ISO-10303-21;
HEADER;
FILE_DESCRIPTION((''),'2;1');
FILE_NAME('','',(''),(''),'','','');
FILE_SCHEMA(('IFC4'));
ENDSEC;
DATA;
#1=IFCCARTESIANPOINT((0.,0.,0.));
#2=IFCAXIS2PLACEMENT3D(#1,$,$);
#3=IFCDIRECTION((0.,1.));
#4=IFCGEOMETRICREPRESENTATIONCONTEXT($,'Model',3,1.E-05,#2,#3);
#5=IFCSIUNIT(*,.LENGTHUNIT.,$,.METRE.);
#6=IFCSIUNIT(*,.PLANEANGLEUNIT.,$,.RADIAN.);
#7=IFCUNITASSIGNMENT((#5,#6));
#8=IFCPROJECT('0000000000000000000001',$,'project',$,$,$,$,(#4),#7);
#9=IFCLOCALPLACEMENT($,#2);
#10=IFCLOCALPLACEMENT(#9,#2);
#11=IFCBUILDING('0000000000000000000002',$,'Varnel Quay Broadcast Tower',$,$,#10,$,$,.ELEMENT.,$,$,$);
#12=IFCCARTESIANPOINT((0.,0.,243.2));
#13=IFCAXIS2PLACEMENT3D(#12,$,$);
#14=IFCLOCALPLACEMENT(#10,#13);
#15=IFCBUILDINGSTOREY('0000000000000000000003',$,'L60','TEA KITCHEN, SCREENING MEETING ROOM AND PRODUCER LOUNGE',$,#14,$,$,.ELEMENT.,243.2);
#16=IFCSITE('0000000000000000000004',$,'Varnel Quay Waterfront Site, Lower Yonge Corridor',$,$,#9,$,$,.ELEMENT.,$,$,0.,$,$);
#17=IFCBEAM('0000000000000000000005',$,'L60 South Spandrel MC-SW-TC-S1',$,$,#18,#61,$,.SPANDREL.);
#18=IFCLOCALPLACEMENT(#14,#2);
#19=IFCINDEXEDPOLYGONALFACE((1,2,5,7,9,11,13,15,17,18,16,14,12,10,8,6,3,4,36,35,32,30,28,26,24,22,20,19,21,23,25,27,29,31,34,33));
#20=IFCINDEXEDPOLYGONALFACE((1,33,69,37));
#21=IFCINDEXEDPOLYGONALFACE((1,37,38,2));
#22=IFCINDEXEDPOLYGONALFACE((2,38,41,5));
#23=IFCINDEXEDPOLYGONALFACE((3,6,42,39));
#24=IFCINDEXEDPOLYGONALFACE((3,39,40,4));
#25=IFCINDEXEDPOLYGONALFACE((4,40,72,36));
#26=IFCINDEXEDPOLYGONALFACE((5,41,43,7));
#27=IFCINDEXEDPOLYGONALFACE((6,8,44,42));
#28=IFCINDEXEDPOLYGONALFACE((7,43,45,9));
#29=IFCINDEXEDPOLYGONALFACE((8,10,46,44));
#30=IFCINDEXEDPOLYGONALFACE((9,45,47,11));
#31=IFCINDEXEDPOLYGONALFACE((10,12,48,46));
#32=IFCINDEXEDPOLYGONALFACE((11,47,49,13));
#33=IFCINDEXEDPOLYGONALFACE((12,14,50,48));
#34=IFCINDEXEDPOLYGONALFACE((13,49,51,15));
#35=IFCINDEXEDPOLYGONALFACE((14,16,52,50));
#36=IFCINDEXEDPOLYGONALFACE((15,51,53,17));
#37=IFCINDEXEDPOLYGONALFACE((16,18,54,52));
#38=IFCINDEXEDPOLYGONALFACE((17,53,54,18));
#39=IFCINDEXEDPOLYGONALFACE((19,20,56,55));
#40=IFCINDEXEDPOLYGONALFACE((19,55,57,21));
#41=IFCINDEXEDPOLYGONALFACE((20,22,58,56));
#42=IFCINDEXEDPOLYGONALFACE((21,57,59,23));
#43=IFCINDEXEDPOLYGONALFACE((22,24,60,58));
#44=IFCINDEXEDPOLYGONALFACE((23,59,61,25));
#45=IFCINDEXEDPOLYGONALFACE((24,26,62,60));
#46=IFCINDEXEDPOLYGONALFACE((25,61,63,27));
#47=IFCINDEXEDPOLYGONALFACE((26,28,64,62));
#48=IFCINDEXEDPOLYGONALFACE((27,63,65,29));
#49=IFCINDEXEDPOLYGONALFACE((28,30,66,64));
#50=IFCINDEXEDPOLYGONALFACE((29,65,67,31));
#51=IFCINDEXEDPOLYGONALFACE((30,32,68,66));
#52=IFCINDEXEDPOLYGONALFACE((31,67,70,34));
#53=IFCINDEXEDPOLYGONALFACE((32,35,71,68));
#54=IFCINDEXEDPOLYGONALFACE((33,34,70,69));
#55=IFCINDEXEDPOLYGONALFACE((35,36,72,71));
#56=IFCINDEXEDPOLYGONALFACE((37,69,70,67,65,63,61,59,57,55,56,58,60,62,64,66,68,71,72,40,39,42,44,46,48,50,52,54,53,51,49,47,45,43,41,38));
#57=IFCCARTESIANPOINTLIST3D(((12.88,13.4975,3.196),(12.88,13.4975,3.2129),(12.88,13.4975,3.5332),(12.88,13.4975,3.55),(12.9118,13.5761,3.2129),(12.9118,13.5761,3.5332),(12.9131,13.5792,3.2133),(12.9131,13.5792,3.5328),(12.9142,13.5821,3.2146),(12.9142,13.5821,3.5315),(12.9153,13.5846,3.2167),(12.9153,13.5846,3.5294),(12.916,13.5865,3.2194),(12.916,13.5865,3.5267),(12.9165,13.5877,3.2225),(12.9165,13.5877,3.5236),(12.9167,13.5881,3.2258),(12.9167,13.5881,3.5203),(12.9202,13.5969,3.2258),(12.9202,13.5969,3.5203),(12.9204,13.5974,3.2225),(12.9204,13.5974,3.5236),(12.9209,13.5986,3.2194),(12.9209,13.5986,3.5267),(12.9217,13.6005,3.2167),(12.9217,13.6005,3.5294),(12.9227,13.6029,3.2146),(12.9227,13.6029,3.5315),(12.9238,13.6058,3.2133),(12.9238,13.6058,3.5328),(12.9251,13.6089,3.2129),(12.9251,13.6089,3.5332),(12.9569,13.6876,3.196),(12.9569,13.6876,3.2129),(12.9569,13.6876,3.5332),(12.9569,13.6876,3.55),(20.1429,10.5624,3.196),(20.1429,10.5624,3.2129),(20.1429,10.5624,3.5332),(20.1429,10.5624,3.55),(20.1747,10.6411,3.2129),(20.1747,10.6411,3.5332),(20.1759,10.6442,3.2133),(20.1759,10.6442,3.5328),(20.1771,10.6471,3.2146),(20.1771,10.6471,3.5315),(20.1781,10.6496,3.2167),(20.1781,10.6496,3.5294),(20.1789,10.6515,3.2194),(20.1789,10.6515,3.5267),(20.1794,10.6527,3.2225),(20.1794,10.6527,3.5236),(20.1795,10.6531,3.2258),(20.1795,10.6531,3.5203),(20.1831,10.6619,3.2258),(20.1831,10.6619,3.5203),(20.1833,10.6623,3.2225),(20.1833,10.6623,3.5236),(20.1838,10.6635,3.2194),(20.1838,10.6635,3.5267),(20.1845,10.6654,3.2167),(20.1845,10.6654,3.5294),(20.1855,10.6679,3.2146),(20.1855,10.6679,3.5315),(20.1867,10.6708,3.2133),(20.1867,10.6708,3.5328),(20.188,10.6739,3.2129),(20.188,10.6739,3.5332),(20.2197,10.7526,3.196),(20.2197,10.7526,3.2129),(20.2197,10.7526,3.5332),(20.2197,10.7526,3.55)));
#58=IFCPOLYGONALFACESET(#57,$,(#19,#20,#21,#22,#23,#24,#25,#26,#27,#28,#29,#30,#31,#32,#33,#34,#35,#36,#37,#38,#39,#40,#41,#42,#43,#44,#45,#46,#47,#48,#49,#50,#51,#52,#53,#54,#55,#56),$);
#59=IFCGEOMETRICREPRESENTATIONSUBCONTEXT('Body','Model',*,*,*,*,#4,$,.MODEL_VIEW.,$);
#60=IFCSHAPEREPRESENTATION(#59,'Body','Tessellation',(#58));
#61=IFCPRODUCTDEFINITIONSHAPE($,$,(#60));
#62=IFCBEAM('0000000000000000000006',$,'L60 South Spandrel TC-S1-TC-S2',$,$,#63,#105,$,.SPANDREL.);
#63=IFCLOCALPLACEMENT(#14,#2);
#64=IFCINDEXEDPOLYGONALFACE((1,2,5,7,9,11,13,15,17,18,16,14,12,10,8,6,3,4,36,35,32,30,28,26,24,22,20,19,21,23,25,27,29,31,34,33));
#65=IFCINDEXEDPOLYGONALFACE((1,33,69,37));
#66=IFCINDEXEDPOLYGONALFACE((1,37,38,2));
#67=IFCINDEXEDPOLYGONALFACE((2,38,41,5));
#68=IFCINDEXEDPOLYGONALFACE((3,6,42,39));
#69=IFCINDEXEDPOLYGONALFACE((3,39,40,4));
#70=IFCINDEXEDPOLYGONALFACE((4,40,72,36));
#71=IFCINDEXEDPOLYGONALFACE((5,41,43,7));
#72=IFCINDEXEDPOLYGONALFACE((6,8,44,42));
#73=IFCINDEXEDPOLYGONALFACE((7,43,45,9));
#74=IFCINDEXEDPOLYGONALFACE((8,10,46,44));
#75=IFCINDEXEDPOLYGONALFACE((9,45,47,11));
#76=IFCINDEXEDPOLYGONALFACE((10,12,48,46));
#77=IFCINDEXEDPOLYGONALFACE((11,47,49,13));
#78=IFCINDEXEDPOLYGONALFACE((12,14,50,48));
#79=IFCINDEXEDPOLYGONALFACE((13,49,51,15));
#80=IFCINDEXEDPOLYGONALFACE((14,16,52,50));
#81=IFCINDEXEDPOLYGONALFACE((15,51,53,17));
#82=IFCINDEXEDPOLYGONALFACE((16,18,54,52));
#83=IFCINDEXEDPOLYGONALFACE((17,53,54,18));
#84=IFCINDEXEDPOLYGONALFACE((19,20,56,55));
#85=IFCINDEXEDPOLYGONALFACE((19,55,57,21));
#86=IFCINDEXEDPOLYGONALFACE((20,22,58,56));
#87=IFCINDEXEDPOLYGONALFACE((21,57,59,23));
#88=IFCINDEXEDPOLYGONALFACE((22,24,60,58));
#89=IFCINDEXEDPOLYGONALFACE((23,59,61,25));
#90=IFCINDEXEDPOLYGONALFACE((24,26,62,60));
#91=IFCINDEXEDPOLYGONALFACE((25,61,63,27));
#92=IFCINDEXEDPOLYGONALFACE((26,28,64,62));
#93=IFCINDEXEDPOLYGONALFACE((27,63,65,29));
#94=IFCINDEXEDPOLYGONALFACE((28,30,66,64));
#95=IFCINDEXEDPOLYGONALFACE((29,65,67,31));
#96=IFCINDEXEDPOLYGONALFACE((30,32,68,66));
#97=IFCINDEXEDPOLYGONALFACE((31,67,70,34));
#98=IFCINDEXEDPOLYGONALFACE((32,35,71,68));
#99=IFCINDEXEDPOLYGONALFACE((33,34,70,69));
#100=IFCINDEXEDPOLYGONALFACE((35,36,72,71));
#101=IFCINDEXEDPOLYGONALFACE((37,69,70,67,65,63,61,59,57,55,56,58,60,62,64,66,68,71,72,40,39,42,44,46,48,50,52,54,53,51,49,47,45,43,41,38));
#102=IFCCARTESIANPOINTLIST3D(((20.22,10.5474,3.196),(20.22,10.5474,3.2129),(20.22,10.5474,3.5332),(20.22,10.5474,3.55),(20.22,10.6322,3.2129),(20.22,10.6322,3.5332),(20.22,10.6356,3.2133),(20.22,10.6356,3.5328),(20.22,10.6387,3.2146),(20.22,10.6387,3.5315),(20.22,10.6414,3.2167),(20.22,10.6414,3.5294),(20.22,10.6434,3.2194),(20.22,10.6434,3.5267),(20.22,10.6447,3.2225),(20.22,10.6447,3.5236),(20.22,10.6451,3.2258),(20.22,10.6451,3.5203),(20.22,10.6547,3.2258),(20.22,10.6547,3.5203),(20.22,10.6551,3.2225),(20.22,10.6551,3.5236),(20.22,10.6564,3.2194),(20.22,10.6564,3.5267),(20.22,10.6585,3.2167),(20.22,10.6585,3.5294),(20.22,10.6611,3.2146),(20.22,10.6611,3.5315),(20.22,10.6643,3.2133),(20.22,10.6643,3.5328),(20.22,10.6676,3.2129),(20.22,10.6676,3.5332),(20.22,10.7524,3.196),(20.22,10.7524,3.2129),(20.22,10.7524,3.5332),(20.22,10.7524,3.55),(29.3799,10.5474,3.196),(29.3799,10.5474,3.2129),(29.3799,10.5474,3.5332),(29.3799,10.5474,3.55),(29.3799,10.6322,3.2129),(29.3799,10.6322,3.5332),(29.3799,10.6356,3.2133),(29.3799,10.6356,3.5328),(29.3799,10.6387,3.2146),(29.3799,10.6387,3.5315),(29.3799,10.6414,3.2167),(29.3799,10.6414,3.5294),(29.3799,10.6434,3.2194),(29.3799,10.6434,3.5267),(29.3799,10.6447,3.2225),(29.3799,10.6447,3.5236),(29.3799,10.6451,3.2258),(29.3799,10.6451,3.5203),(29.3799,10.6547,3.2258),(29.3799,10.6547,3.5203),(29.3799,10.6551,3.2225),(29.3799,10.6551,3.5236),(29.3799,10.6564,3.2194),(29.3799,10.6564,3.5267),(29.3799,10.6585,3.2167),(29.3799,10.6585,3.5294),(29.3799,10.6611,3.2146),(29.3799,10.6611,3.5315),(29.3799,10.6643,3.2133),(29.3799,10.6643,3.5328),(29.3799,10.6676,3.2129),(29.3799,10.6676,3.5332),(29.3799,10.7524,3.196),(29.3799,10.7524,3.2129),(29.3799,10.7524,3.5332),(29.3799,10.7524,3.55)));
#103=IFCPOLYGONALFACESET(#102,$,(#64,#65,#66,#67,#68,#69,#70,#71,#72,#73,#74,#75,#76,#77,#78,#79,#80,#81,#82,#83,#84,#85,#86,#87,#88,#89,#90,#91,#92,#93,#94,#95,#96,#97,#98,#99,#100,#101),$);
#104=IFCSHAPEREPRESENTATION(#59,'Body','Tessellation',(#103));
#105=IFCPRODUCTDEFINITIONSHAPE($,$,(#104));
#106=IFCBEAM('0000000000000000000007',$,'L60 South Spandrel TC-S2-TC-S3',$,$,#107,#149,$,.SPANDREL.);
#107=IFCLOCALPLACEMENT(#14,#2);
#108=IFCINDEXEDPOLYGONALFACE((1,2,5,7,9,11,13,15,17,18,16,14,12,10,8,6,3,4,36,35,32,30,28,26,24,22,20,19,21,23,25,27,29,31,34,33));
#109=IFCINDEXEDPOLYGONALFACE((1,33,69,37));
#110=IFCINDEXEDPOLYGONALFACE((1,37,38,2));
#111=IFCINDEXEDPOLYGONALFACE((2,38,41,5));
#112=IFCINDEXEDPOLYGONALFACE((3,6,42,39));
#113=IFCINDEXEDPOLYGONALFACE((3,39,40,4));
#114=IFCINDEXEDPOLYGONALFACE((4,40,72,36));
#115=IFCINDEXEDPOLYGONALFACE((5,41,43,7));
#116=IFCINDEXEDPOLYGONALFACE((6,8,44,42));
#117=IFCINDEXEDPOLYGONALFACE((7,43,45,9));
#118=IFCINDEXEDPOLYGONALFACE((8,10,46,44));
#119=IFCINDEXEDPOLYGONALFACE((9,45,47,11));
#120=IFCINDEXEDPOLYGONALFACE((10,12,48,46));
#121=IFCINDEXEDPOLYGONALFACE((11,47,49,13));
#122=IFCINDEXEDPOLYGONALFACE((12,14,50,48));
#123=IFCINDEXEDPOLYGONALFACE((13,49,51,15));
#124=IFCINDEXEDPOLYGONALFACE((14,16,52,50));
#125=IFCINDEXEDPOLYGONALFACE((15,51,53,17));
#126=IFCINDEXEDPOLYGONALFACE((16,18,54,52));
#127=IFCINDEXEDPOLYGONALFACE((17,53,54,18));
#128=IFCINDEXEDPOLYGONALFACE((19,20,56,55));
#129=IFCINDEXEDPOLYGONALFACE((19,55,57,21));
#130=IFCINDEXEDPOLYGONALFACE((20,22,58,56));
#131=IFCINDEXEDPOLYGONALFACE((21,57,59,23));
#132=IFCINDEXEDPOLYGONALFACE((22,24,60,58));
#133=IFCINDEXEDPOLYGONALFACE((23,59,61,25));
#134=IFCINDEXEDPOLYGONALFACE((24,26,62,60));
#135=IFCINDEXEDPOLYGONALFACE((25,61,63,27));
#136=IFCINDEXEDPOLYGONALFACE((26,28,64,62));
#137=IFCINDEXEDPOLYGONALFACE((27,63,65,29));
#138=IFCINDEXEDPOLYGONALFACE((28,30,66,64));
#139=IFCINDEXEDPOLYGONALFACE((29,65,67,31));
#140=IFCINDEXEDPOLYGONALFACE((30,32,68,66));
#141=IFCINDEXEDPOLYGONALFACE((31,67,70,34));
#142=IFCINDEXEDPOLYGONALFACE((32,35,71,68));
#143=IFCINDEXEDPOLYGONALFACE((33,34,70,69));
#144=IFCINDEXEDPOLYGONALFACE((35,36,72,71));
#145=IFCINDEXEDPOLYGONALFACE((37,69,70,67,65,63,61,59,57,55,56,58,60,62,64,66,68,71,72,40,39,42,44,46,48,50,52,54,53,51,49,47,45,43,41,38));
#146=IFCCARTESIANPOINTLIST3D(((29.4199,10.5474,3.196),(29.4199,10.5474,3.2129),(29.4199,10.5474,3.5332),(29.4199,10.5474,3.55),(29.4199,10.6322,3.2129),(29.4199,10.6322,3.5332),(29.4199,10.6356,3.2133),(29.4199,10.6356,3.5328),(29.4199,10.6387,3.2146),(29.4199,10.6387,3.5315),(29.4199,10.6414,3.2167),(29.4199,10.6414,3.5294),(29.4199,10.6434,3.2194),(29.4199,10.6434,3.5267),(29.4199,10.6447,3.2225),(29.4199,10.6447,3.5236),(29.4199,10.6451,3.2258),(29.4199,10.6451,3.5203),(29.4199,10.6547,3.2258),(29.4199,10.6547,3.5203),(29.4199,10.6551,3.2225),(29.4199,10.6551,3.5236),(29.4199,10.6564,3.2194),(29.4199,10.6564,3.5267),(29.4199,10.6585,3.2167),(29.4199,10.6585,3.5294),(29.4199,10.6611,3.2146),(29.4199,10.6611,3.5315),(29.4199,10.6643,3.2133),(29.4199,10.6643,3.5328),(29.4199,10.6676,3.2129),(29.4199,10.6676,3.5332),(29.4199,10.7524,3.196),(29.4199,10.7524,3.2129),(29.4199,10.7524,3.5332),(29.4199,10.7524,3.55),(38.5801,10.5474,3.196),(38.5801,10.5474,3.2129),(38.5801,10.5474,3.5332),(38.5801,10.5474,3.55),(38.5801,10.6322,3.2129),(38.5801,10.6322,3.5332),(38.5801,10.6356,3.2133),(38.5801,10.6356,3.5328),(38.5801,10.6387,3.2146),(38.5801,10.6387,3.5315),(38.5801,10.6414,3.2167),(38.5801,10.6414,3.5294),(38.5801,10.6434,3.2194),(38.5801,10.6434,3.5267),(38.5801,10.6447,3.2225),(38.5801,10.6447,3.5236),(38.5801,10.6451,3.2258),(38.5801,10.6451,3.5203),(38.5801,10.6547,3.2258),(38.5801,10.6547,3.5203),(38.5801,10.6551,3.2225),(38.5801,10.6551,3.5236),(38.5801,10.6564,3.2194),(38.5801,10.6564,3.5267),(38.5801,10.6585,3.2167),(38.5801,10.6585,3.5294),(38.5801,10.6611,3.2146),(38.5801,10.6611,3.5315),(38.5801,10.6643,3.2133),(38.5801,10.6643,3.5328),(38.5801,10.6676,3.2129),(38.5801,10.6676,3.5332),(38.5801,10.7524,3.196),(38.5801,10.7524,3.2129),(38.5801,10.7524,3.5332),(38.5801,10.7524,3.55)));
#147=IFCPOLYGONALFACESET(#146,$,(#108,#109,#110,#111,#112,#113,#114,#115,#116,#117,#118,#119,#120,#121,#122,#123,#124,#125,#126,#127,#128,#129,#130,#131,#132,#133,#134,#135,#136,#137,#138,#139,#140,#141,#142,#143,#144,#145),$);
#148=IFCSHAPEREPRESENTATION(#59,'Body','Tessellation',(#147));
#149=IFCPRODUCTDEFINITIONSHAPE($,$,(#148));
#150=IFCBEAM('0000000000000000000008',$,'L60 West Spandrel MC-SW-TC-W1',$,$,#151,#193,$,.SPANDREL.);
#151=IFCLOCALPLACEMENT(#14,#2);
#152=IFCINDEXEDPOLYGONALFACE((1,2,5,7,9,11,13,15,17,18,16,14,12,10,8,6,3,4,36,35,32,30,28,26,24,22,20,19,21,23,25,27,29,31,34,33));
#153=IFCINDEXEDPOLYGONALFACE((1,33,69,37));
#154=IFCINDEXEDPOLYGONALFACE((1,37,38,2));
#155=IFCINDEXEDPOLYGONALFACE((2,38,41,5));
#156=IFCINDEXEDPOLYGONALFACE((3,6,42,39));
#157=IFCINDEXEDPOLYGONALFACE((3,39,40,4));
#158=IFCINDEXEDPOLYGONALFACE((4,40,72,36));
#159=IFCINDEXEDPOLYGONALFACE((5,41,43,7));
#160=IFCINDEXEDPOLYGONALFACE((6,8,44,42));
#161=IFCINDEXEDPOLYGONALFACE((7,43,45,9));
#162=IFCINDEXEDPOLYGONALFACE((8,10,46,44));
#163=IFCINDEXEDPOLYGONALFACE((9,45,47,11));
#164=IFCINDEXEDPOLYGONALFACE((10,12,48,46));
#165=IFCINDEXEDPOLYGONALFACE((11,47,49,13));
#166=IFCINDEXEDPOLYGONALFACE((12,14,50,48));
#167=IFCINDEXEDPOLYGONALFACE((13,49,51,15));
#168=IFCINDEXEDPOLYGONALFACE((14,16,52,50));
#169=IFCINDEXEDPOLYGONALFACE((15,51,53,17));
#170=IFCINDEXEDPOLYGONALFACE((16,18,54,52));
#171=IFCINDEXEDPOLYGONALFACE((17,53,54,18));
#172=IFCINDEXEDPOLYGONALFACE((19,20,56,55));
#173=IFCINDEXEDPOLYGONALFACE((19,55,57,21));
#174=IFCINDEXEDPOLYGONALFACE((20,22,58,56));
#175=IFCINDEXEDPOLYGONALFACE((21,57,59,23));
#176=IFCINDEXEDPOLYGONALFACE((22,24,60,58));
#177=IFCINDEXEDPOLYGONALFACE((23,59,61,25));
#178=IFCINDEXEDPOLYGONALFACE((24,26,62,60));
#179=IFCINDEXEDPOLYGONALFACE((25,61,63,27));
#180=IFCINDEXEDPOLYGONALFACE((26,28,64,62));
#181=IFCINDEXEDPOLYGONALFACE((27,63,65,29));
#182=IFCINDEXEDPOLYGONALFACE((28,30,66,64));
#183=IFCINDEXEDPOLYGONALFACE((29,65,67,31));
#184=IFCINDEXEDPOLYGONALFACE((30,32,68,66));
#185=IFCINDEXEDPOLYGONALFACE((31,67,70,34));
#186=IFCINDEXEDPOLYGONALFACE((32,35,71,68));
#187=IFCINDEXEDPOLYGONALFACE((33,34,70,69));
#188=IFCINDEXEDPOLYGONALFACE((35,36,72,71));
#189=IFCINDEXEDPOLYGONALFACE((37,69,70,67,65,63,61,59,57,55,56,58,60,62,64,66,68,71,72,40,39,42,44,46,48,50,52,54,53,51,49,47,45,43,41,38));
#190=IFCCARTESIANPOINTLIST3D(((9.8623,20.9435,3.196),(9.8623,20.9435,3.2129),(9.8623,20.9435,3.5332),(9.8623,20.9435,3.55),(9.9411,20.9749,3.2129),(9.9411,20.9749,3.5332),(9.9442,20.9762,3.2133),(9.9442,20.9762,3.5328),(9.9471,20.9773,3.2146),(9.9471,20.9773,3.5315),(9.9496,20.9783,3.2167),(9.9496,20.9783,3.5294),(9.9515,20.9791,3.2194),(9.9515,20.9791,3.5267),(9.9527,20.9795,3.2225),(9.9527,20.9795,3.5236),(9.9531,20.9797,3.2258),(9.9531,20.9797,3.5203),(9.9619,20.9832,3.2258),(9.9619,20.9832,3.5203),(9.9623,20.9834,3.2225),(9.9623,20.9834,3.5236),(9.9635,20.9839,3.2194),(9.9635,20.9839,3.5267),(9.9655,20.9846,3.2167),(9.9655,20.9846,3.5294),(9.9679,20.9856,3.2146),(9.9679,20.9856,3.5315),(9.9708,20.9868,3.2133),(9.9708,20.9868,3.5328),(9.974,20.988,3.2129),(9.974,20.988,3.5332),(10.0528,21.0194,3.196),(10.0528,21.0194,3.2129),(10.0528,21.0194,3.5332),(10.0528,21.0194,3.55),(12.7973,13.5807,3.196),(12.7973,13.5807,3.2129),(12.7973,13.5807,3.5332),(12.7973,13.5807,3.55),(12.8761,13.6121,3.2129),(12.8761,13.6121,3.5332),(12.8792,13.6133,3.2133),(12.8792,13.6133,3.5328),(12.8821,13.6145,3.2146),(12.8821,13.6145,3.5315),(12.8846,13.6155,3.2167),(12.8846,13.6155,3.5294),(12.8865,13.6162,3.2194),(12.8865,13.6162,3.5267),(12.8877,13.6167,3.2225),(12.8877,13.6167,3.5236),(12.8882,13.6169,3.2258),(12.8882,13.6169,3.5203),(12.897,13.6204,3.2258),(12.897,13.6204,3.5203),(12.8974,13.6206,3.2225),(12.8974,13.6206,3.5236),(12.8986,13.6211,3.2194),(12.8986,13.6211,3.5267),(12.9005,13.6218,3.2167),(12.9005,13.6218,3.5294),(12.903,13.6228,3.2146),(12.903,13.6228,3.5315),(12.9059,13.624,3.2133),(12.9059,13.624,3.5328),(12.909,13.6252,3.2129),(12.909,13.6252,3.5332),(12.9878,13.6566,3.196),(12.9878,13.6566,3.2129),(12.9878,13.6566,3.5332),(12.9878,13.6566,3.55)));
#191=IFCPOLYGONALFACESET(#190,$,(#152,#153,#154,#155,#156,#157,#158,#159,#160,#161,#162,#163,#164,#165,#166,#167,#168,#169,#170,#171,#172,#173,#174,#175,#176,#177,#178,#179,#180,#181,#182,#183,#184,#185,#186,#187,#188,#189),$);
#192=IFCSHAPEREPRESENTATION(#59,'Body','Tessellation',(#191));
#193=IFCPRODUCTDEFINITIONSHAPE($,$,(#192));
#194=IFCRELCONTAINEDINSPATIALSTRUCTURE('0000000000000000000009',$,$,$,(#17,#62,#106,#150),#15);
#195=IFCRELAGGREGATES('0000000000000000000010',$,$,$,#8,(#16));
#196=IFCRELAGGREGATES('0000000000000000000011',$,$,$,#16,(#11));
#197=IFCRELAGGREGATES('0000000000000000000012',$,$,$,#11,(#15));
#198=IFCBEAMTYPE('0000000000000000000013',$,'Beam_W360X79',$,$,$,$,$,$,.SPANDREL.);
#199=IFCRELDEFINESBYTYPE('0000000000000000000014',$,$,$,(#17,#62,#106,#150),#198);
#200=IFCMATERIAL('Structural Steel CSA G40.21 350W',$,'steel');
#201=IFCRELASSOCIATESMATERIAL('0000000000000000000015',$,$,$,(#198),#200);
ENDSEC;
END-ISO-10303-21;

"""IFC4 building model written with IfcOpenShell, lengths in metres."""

from ifc_helpers import new_model, si_unit, direction, frame, origin, origin_2d, place, context, subcontext, project, spatial, i_section, extrude, source, transform, mapped, material, material_profile, profile_set, type_object, type_shapes, element, save


model = new_model("IFC4")

# Units and contexts
model_context = context("Model", 3, precision=1e-05, world=origin(), true_north=direction((0.0, 1.0)))
body_context = subcontext(model_context, "Body", "Model", "MODEL_VIEW")
ifc_project = project(units=[si_unit("LENGTHUNIT", "METRE"), si_unit("PLANEANGLEUNIT", "RADIAN")], contexts=[model_context])

# Site, building, storey
site_placement = place(None, origin())
site = spatial("IfcSite", under=ifc_project, at=site_placement, Name="Varnel Quay Waterfront Site, Lower Yonge Corridor", CompositionType="ELEMENT", RefElevation=0.0)
building_placement = place(site_placement, origin())
building = spatial("IfcBuilding", under=site, at=building_placement, Name="Varnel Quay Broadcast Tower", CompositionType="ELEMENT")
storey_placement = place(building_placement, frame((0.0, 0.0, 243.2)))
storey = spatial("IfcBuildingStorey", under=building, at=storey_placement, Name="L60", Description="TEA KITCHEN, SCREENING MEETING ROOM AND PRODUCER LOUNGE", CompositionType="ELEMENT", Elevation=243.2)

# Shared definitions
ifc_material_1 = material(Name="Structural Steel CSA G40.21 350W", Category="steel")

# Beams
ifc_material_profile_1 = material_profile(ifc_material_1, i_section(OverallWidth=0.2051, OverallDepth=0.354, WebThickness=0.0095, FlangeThickness=0.0168, FilletRadius=0.0129, at=origin_2d()), Name="W360X79")
ifc_profile_set_1 = profile_set([ifc_material_profile_1], Name="Structural Steel CSA G40.21 350W")
beam_type_1 = type_object("IfcBeamType", Name="Beam_W360X79", PredefinedType="SPANDREL", material=ifc_profile_set_1)
shared_shape_1 = source(origin(), body_context, "Body", "SweptSolid", [
    extrude(i_section(OverallWidth=0.2051, OverallDepth=0.354, WebThickness=0.0095, FlangeThickness=0.0168, FilletRadius=0.0129, at=origin_2d()), origin(), (0.0, 0.0, 1.0), 7.8335),
])
beam_1_placement = place(storey_placement, frame((12.9185, 13.5925, 3.373), z_axis=(0.927155, -0.374677, 0.0), x_axis=(0.374677, 0.927155, 0.0)))
element("IfcBeam", 1, at=beam_1_placement, inside=storey, type_object=beam_type_1, Name="L60 South Spandrel MC-SW-TC-S1", PredefinedType="SPANDREL", context=body_context, shape_type="MappedRepresentation", body=[
    mapped(shared_shape_1, transform((0.0, 0.0, 0.0), x_axis=(1.0, 0.0, 0.0), y_axis=(0.0, 1.0, 0.0), z_axis=(0.0, 0.0, 1.0), scale=1.0)),
])
shared_shape_2 = source(origin(), body_context, "Body", "SweptSolid", [
    extrude(i_section(OverallWidth=0.2051, OverallDepth=0.354, WebThickness=0.0095, FlangeThickness=0.0168, FilletRadius=0.0129, at=origin_2d()), origin(), (0.0, 0.0, 1.0), 9.1599),
])
beam_2_placement = place(storey_placement, frame((20.22, 10.6499, 3.373), z_axis=(1.0, 0.0, 0.0), x_axis=(0.0, 1.0, 0.0)))
element("IfcBeam", 2, at=beam_2_placement, inside=storey, type_object=beam_type_1, Name="L60 South Spandrel TC-S1-TC-S2", PredefinedType="SPANDREL", context=body_context, shape_type="MappedRepresentation", body=[
    mapped(shared_shape_2, transform((0.0, 0.0, 0.0), x_axis=(1.0, 0.0, 0.0), y_axis=(0.0, 1.0, 0.0), z_axis=(0.0, 0.0, 1.0), scale=1.0)),
])
shared_shape_3 = source(origin(), body_context, "Body", "SweptSolid", [
    extrude(i_section(OverallWidth=0.2051, OverallDepth=0.354, WebThickness=0.0095, FlangeThickness=0.0168, FilletRadius=0.0129, at=origin_2d()), origin(), (0.0, 0.0, 1.0), 9.1602),
])
beam_3_placement = place(storey_placement, frame((29.4199, 10.6499, 3.373), z_axis=(1.0, 0.0, 0.0), x_axis=(0.0, 1.0, 0.0)))
element("IfcBeam", 3, at=beam_3_placement, inside=storey, type_object=beam_type_1, Name="L60 South Spandrel TC-S2-TC-S3", PredefinedType="SPANDREL", context=body_context, shape_type="MappedRepresentation", body=[
    mapped(shared_shape_3, transform((0.0, 0.0, 0.0), x_axis=(1.0, 0.0, 0.0), y_axis=(0.0, 1.0, 0.0), z_axis=(0.0, 0.0, 1.0), scale=1.0)),
])
shared_shape_4 = source(origin(), body_context, "Body", "SweptSolid", [
    extrude(i_section(OverallWidth=0.2051, OverallDepth=0.354, WebThickness=0.0095, FlangeThickness=0.0168, FilletRadius=0.0129, at=origin_2d()), origin(), (0.0, 0.0, 1.0), 7.9263),
])
type_shapes(beam_type_1, [shared_shape_1, shared_shape_2, shared_shape_3, shared_shape_4])
beam_4_placement = place(storey_placement, frame((12.8926, 13.6187, 3.373), z_axis=(-0.370296, 0.928914, 0.0), x_axis=(-0.928914, -0.370296, 0.0)))
element("IfcBeam", 4, at=beam_4_placement, inside=storey, type_object=beam_type_1, Name="L60 West Spandrel MC-SW-TC-W1", PredefinedType="SPANDREL", context=body_context, shape_type="MappedRepresentation", body=[
    mapped(shared_shape_4, transform((0.0, 0.0, 0.0), x_axis=(1.0, 0.0, 0.0), y_axis=(0.0, 1.0, 0.0), z_axis=(0.0, 0.0, 1.0), scale=1.0)),
])

save(model, "model.ifc")
